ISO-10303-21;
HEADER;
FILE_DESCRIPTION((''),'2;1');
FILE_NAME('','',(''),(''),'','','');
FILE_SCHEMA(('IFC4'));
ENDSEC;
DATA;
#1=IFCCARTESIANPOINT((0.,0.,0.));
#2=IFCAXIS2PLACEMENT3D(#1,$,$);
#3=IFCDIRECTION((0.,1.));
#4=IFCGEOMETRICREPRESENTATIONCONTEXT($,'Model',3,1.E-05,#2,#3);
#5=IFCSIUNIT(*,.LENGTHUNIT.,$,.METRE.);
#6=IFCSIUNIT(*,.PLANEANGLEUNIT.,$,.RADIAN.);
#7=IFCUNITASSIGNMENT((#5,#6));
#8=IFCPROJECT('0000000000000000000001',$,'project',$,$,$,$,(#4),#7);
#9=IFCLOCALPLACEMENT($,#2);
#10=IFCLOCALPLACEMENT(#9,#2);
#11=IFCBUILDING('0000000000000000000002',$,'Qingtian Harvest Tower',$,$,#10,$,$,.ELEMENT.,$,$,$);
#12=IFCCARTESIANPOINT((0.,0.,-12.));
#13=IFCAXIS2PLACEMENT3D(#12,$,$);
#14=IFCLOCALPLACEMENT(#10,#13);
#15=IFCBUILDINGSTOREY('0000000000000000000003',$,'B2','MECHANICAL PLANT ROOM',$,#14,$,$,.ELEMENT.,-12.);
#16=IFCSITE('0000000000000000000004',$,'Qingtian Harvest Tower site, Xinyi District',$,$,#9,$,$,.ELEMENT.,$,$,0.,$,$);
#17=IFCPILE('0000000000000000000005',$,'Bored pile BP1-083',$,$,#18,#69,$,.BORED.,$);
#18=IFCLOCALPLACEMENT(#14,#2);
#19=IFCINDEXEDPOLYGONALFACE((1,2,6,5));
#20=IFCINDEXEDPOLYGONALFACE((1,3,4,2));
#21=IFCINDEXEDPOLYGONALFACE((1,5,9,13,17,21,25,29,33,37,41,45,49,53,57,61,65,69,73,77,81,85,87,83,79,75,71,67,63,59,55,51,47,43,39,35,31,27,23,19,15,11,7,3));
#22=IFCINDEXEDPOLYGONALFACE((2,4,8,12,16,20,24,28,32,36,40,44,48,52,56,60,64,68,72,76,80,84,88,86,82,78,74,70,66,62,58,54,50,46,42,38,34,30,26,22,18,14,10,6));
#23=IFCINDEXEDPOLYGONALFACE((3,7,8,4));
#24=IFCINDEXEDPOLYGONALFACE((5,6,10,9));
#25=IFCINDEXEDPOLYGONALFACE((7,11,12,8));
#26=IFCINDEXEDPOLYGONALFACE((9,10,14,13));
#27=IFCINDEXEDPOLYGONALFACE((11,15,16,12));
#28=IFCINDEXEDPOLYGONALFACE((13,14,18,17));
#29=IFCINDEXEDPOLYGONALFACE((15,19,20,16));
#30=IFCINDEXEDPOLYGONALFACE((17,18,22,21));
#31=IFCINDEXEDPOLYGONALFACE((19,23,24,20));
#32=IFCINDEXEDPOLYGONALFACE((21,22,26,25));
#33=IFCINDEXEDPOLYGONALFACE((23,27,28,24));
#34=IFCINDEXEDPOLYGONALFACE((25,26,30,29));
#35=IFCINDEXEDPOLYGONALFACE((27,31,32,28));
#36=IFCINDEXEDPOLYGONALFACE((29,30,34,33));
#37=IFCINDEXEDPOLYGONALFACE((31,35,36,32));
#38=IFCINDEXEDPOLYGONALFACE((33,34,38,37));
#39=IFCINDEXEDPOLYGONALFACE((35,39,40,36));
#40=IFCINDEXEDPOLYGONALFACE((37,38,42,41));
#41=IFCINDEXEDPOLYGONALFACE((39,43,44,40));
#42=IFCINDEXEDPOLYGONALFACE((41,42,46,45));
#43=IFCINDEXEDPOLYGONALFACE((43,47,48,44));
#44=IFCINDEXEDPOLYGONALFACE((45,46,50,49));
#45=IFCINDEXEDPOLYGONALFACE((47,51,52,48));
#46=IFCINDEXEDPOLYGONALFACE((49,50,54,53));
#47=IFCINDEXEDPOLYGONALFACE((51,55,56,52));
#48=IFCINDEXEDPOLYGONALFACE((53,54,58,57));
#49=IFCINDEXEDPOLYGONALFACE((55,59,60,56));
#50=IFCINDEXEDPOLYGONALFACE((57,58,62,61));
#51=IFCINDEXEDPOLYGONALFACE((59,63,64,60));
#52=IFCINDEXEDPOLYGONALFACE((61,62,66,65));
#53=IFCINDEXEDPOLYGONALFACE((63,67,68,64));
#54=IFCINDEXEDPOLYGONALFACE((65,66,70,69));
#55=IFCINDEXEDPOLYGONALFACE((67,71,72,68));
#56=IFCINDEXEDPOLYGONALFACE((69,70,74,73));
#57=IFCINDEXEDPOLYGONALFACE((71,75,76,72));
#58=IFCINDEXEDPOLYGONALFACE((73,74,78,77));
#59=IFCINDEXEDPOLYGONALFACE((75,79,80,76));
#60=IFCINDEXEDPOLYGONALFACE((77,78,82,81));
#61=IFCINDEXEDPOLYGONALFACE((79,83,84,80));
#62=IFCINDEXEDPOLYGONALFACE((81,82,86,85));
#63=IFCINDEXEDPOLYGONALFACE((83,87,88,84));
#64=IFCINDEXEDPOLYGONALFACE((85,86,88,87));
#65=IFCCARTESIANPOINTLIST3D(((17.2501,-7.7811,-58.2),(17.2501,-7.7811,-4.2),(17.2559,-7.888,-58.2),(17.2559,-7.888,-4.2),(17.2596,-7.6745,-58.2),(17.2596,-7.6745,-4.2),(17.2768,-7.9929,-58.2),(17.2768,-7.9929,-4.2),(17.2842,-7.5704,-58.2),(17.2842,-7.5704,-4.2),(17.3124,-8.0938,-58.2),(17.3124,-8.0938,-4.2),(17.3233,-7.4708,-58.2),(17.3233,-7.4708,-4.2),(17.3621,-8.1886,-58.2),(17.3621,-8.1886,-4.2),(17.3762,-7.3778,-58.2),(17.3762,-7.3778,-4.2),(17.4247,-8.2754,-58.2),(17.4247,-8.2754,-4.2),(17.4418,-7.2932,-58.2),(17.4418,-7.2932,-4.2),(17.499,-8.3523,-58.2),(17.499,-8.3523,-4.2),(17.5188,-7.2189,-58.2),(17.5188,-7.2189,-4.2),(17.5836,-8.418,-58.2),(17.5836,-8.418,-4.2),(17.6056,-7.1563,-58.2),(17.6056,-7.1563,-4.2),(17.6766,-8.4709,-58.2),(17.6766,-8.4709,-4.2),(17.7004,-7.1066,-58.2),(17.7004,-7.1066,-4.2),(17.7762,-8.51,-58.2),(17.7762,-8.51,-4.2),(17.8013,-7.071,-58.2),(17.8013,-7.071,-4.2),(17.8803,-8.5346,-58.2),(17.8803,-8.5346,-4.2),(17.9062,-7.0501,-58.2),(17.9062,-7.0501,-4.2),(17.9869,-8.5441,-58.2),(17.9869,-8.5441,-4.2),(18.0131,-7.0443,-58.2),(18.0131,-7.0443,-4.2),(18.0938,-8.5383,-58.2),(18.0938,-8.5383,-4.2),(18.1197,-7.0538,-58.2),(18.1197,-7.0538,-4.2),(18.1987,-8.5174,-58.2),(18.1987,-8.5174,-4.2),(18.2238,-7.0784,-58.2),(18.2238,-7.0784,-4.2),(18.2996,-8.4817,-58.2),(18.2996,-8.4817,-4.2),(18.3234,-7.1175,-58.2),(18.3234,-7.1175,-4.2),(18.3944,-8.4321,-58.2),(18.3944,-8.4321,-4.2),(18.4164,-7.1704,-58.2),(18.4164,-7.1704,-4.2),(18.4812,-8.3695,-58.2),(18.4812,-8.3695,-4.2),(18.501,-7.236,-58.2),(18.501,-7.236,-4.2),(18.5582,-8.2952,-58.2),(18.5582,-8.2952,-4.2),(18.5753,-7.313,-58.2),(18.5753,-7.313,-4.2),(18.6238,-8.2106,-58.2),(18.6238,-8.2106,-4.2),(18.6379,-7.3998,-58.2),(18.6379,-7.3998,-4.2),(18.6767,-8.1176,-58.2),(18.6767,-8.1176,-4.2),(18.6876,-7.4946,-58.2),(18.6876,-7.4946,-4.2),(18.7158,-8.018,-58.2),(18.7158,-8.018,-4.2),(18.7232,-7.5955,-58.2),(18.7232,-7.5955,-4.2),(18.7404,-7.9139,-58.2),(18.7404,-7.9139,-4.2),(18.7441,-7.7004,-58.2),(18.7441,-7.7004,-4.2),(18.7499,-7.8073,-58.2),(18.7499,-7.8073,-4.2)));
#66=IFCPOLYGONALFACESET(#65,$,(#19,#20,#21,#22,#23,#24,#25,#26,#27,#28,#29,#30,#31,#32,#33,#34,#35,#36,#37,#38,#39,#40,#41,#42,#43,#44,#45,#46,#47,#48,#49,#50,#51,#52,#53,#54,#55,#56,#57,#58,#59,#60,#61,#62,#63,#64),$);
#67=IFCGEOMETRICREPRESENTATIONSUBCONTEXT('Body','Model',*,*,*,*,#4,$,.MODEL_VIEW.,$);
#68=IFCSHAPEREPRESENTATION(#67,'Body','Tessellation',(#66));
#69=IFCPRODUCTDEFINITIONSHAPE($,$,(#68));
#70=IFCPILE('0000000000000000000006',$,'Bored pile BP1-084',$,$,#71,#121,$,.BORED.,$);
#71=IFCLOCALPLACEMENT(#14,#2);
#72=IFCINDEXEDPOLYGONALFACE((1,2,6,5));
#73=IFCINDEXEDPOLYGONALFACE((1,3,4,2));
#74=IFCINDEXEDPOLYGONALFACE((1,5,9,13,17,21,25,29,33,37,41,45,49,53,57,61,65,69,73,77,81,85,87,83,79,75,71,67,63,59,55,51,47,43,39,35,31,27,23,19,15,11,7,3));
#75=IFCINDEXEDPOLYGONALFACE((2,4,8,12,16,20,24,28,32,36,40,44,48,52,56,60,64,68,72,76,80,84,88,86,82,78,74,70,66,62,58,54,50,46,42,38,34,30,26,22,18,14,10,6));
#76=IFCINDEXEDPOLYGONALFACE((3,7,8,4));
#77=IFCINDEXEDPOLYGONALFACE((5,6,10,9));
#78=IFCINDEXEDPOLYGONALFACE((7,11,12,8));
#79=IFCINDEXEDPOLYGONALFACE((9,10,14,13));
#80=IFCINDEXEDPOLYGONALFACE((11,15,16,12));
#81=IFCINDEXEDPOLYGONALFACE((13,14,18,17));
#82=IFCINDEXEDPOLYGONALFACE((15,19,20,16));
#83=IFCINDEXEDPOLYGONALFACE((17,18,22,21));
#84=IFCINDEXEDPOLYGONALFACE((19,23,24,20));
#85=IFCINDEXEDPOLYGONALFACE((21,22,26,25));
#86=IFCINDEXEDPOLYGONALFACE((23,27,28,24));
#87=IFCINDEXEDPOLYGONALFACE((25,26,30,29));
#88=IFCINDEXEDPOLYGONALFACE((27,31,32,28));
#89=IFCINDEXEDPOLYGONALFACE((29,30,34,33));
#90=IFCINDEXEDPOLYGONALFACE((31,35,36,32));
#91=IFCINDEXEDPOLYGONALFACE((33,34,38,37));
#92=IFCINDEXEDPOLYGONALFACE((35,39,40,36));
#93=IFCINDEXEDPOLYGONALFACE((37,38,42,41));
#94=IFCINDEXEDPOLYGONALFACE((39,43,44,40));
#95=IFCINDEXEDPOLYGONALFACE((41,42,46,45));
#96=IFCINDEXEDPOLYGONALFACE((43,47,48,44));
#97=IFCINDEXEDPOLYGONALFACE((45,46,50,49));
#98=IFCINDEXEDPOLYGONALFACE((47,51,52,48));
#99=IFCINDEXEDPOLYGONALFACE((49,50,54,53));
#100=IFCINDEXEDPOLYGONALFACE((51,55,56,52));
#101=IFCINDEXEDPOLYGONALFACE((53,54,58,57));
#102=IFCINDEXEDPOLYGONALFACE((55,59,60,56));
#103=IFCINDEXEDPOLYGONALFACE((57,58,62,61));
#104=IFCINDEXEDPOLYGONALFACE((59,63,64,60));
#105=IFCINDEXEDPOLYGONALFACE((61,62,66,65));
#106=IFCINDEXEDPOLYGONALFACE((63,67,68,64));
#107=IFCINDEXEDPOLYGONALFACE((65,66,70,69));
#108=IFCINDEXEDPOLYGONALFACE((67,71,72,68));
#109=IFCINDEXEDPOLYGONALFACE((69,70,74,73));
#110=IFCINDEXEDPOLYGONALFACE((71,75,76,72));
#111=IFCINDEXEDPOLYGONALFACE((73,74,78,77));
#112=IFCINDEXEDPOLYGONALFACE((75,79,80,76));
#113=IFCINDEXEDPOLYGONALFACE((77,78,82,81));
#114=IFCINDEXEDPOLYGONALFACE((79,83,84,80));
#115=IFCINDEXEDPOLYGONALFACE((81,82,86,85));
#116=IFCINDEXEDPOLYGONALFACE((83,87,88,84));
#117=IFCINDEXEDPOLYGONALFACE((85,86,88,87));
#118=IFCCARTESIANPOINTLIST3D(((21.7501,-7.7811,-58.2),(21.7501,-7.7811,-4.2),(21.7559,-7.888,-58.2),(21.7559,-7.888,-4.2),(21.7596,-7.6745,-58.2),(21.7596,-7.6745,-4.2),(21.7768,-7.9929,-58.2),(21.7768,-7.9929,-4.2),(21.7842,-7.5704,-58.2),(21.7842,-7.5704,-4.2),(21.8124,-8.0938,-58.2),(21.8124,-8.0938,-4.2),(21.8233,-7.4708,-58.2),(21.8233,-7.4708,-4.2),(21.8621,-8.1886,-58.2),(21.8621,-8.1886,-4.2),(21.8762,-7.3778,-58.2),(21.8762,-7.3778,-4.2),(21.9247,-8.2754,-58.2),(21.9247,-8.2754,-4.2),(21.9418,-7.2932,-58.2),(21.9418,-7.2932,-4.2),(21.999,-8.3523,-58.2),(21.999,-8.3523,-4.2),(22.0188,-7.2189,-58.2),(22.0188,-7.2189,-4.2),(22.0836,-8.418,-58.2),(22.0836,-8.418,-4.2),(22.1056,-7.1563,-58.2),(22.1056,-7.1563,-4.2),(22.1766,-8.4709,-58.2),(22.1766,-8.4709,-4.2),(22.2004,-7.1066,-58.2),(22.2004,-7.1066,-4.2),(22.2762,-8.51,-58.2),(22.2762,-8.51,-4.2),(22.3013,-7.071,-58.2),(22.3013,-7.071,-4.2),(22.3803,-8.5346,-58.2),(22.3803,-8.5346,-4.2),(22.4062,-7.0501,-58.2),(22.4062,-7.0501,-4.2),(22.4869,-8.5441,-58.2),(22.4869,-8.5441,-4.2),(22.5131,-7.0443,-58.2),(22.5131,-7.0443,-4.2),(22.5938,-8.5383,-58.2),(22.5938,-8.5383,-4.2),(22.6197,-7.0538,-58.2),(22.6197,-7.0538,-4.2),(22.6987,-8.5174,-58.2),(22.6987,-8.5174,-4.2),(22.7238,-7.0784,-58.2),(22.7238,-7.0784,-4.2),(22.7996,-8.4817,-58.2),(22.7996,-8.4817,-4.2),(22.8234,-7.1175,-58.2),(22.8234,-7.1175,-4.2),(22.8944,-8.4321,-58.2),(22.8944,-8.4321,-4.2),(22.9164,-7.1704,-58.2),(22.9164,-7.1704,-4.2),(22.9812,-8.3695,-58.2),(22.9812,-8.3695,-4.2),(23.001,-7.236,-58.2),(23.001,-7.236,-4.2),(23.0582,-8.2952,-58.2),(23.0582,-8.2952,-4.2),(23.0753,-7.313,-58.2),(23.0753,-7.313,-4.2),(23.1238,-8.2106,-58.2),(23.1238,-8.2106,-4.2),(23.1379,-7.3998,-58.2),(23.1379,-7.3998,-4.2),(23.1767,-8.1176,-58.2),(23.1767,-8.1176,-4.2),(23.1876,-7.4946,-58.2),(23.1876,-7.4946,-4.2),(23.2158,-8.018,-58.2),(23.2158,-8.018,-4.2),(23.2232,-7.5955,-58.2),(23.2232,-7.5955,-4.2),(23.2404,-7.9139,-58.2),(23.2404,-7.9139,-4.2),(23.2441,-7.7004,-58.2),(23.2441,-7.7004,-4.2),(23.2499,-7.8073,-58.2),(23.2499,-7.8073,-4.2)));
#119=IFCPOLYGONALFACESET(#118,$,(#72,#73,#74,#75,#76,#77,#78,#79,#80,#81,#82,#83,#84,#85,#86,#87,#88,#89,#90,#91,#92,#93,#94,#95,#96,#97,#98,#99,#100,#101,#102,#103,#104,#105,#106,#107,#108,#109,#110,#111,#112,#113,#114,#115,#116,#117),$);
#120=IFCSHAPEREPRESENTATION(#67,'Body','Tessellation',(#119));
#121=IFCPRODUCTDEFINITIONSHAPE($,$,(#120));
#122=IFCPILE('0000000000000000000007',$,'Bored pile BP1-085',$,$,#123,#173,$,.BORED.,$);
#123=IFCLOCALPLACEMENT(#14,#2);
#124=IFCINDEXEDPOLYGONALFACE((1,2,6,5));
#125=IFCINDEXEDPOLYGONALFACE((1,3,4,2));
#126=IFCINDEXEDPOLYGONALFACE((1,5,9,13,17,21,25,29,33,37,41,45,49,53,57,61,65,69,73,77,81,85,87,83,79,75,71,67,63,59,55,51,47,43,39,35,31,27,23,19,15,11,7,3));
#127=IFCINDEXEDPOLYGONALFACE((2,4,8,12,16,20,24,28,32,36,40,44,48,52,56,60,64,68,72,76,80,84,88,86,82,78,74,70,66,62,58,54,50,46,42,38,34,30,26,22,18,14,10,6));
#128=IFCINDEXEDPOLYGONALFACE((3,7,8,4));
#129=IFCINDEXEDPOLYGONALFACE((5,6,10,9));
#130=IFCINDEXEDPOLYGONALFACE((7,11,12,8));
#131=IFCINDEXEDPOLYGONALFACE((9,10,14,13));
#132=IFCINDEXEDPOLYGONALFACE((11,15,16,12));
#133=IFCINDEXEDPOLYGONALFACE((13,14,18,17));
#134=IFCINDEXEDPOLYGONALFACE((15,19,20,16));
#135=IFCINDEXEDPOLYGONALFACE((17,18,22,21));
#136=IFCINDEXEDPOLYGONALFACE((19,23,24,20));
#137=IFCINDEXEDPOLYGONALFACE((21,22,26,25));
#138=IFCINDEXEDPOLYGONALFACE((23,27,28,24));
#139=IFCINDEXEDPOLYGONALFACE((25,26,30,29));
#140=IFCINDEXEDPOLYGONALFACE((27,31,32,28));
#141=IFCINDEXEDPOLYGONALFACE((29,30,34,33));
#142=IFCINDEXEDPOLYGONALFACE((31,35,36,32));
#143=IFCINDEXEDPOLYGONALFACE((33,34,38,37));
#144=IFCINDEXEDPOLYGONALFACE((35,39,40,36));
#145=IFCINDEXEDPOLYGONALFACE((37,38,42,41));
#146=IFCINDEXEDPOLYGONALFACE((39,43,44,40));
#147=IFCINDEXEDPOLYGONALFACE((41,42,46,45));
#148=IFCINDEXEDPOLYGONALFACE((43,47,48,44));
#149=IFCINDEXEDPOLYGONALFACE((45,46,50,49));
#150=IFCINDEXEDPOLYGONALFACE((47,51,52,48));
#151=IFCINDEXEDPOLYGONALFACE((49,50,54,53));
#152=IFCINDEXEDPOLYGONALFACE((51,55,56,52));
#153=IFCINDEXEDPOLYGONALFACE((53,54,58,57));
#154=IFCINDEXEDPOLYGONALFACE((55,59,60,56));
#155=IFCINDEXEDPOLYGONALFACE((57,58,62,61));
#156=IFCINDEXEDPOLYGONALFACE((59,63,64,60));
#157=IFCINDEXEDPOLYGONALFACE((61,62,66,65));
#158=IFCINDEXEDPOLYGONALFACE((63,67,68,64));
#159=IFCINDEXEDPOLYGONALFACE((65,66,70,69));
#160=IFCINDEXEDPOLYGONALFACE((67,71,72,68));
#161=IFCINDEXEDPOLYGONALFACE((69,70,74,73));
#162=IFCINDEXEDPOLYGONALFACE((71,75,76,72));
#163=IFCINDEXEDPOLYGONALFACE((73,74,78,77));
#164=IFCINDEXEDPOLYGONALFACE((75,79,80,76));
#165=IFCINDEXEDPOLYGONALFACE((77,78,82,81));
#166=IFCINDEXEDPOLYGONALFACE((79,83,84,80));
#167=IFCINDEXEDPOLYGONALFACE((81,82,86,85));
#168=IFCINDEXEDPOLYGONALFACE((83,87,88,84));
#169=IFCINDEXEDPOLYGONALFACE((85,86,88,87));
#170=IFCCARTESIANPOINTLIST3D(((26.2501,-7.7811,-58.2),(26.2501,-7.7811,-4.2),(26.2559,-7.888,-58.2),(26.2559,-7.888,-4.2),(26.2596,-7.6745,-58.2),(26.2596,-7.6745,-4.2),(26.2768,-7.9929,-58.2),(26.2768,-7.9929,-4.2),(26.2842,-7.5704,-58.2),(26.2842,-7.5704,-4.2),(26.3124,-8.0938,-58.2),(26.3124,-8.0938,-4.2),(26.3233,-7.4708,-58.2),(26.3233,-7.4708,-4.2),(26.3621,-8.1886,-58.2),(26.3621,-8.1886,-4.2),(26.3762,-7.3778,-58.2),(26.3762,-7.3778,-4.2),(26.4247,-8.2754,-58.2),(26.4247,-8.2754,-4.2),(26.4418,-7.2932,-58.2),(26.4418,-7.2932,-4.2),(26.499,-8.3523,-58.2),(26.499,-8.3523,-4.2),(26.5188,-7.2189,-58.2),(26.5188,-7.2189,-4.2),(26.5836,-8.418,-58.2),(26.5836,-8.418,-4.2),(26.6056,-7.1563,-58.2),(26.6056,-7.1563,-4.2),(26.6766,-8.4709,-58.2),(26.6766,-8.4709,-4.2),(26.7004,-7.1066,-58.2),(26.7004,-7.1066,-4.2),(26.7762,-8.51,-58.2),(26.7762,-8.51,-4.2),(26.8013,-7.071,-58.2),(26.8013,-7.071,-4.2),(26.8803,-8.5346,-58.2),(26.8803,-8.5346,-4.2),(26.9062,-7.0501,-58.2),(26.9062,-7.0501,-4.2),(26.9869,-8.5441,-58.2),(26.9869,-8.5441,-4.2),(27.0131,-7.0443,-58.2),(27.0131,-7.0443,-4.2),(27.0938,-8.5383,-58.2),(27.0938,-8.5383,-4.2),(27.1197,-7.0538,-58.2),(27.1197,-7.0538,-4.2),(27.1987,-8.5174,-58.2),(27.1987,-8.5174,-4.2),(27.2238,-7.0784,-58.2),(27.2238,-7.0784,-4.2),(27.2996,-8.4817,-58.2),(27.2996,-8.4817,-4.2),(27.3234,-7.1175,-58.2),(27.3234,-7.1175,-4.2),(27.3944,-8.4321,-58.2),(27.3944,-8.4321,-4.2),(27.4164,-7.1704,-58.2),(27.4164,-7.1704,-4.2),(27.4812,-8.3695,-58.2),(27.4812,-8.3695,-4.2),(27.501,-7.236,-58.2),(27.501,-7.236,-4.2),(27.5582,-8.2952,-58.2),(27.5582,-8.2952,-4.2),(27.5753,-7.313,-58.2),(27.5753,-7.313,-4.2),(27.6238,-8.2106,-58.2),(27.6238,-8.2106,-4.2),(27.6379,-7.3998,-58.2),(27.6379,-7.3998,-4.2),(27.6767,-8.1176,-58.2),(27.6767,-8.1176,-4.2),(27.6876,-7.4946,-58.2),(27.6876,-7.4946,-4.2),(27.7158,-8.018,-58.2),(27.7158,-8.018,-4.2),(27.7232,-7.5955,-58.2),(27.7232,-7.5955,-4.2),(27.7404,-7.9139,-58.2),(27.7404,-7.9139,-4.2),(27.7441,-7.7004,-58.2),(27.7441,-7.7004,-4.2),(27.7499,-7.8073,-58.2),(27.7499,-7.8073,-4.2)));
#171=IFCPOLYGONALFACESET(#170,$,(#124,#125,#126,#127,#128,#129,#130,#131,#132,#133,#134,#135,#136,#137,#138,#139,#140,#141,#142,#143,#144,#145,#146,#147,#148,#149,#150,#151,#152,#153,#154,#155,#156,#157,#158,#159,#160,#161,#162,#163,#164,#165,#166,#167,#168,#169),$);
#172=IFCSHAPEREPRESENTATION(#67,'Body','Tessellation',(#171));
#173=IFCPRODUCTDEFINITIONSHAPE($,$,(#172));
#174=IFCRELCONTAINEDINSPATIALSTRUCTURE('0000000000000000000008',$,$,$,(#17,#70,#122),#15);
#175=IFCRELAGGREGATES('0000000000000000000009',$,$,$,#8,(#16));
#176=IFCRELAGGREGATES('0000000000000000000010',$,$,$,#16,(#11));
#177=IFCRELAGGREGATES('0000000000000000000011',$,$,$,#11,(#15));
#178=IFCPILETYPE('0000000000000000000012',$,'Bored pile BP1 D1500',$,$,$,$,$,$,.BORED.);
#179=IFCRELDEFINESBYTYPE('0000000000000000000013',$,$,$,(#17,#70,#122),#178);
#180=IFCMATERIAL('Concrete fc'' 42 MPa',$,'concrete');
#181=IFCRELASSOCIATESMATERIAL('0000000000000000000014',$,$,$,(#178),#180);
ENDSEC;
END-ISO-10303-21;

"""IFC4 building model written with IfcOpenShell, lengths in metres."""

from ifc_helpers import new_model, si_unit, direction, frame, frame_2d, origin, place, context, subcontext, project, spatial, circle, extrude, material, material_profile, profile_set, type_object, element, save


model = new_model("IFC4")

# Units and contexts
model_context = context("Model", 3, precision=1e-05, world=origin(), true_north=direction((0.0, 1.0)))
body_context = subcontext(model_context, "Body", "Model", "MODEL_VIEW")
ifc_project = project(units=[si_unit("LENGTHUNIT", "METRE"), si_unit("PLANEANGLEUNIT", "RADIAN")], contexts=[model_context])

# Site, building, storey
site_placement = place(None, origin())
site = spatial("IfcSite", under=ifc_project, at=site_placement, Name="Qingtian Harvest Tower site, Xinyi District", CompositionType="ELEMENT", RefElevation=0.0)
building_placement = place(site_placement, origin())
building = spatial("IfcBuilding", under=site, at=building_placement, Name="Qingtian Harvest Tower", CompositionType="ELEMENT")
storey_placement = place(building_placement, frame((0.0, 0.0, -12.0)))
storey = spatial("IfcBuildingStorey", under=building, at=storey_placement, Name="B2", Description="MECHANICAL PLANT ROOM", CompositionType="ELEMENT", Elevation=-12.0)

# Piles
ifc_material_1 = material(Name="Concrete fc' 42 MPa", Category="concrete")
ifc_material_profile_1 = material_profile(ifc_material_1, circle(Radius=0.75, at=frame_2d((0.0, 0.0), x_axis=(0.999848, 0.017452))), Name="Bored pile BP1 D1500")
ifc_profile_set_1 = profile_set([ifc_material_profile_1], Name="Concrete fc' 42 MPa")
pile_type = type_object("IfcPileType", Name="Bored pile BP1 D1500", PredefinedType="BORED", material=ifc_profile_set_1)
for number, where, z_axis, x_axis, name in (
    (1, (18.0, -7.7942, -4.2), (0.0, 0.0, -1.0), (1.0, 0.0, 0.0), "Bored pile BP1-083"),
    (2, (22.5, -7.7942, -4.2), (0.0, 0.0, -1.0), (1.0, 0.0, 0.0), "Bored pile BP1-084"),
    (3, (27.0, -7.7942, -4.2), (0.0, 0.0, -1.0), (1.0, 0.0, 0.0), "Bored pile BP1-085"),
):
    element("IfcPile", number, at=place(storey_placement, frame(where, z_axis=z_axis, x_axis=x_axis)), inside=storey, type_object=pile_type, Name=name, PredefinedType="BORED", context=body_context, shape_type="SweptSolid", body=[
        extrude(circle(Radius=0.75, at=frame_2d((0.0, 0.0), x_axis=(0.999848, 0.017452))), origin(), (0.0, 0.0, 1.0), 54.0),
    ])

save(model, "model.ifc")
